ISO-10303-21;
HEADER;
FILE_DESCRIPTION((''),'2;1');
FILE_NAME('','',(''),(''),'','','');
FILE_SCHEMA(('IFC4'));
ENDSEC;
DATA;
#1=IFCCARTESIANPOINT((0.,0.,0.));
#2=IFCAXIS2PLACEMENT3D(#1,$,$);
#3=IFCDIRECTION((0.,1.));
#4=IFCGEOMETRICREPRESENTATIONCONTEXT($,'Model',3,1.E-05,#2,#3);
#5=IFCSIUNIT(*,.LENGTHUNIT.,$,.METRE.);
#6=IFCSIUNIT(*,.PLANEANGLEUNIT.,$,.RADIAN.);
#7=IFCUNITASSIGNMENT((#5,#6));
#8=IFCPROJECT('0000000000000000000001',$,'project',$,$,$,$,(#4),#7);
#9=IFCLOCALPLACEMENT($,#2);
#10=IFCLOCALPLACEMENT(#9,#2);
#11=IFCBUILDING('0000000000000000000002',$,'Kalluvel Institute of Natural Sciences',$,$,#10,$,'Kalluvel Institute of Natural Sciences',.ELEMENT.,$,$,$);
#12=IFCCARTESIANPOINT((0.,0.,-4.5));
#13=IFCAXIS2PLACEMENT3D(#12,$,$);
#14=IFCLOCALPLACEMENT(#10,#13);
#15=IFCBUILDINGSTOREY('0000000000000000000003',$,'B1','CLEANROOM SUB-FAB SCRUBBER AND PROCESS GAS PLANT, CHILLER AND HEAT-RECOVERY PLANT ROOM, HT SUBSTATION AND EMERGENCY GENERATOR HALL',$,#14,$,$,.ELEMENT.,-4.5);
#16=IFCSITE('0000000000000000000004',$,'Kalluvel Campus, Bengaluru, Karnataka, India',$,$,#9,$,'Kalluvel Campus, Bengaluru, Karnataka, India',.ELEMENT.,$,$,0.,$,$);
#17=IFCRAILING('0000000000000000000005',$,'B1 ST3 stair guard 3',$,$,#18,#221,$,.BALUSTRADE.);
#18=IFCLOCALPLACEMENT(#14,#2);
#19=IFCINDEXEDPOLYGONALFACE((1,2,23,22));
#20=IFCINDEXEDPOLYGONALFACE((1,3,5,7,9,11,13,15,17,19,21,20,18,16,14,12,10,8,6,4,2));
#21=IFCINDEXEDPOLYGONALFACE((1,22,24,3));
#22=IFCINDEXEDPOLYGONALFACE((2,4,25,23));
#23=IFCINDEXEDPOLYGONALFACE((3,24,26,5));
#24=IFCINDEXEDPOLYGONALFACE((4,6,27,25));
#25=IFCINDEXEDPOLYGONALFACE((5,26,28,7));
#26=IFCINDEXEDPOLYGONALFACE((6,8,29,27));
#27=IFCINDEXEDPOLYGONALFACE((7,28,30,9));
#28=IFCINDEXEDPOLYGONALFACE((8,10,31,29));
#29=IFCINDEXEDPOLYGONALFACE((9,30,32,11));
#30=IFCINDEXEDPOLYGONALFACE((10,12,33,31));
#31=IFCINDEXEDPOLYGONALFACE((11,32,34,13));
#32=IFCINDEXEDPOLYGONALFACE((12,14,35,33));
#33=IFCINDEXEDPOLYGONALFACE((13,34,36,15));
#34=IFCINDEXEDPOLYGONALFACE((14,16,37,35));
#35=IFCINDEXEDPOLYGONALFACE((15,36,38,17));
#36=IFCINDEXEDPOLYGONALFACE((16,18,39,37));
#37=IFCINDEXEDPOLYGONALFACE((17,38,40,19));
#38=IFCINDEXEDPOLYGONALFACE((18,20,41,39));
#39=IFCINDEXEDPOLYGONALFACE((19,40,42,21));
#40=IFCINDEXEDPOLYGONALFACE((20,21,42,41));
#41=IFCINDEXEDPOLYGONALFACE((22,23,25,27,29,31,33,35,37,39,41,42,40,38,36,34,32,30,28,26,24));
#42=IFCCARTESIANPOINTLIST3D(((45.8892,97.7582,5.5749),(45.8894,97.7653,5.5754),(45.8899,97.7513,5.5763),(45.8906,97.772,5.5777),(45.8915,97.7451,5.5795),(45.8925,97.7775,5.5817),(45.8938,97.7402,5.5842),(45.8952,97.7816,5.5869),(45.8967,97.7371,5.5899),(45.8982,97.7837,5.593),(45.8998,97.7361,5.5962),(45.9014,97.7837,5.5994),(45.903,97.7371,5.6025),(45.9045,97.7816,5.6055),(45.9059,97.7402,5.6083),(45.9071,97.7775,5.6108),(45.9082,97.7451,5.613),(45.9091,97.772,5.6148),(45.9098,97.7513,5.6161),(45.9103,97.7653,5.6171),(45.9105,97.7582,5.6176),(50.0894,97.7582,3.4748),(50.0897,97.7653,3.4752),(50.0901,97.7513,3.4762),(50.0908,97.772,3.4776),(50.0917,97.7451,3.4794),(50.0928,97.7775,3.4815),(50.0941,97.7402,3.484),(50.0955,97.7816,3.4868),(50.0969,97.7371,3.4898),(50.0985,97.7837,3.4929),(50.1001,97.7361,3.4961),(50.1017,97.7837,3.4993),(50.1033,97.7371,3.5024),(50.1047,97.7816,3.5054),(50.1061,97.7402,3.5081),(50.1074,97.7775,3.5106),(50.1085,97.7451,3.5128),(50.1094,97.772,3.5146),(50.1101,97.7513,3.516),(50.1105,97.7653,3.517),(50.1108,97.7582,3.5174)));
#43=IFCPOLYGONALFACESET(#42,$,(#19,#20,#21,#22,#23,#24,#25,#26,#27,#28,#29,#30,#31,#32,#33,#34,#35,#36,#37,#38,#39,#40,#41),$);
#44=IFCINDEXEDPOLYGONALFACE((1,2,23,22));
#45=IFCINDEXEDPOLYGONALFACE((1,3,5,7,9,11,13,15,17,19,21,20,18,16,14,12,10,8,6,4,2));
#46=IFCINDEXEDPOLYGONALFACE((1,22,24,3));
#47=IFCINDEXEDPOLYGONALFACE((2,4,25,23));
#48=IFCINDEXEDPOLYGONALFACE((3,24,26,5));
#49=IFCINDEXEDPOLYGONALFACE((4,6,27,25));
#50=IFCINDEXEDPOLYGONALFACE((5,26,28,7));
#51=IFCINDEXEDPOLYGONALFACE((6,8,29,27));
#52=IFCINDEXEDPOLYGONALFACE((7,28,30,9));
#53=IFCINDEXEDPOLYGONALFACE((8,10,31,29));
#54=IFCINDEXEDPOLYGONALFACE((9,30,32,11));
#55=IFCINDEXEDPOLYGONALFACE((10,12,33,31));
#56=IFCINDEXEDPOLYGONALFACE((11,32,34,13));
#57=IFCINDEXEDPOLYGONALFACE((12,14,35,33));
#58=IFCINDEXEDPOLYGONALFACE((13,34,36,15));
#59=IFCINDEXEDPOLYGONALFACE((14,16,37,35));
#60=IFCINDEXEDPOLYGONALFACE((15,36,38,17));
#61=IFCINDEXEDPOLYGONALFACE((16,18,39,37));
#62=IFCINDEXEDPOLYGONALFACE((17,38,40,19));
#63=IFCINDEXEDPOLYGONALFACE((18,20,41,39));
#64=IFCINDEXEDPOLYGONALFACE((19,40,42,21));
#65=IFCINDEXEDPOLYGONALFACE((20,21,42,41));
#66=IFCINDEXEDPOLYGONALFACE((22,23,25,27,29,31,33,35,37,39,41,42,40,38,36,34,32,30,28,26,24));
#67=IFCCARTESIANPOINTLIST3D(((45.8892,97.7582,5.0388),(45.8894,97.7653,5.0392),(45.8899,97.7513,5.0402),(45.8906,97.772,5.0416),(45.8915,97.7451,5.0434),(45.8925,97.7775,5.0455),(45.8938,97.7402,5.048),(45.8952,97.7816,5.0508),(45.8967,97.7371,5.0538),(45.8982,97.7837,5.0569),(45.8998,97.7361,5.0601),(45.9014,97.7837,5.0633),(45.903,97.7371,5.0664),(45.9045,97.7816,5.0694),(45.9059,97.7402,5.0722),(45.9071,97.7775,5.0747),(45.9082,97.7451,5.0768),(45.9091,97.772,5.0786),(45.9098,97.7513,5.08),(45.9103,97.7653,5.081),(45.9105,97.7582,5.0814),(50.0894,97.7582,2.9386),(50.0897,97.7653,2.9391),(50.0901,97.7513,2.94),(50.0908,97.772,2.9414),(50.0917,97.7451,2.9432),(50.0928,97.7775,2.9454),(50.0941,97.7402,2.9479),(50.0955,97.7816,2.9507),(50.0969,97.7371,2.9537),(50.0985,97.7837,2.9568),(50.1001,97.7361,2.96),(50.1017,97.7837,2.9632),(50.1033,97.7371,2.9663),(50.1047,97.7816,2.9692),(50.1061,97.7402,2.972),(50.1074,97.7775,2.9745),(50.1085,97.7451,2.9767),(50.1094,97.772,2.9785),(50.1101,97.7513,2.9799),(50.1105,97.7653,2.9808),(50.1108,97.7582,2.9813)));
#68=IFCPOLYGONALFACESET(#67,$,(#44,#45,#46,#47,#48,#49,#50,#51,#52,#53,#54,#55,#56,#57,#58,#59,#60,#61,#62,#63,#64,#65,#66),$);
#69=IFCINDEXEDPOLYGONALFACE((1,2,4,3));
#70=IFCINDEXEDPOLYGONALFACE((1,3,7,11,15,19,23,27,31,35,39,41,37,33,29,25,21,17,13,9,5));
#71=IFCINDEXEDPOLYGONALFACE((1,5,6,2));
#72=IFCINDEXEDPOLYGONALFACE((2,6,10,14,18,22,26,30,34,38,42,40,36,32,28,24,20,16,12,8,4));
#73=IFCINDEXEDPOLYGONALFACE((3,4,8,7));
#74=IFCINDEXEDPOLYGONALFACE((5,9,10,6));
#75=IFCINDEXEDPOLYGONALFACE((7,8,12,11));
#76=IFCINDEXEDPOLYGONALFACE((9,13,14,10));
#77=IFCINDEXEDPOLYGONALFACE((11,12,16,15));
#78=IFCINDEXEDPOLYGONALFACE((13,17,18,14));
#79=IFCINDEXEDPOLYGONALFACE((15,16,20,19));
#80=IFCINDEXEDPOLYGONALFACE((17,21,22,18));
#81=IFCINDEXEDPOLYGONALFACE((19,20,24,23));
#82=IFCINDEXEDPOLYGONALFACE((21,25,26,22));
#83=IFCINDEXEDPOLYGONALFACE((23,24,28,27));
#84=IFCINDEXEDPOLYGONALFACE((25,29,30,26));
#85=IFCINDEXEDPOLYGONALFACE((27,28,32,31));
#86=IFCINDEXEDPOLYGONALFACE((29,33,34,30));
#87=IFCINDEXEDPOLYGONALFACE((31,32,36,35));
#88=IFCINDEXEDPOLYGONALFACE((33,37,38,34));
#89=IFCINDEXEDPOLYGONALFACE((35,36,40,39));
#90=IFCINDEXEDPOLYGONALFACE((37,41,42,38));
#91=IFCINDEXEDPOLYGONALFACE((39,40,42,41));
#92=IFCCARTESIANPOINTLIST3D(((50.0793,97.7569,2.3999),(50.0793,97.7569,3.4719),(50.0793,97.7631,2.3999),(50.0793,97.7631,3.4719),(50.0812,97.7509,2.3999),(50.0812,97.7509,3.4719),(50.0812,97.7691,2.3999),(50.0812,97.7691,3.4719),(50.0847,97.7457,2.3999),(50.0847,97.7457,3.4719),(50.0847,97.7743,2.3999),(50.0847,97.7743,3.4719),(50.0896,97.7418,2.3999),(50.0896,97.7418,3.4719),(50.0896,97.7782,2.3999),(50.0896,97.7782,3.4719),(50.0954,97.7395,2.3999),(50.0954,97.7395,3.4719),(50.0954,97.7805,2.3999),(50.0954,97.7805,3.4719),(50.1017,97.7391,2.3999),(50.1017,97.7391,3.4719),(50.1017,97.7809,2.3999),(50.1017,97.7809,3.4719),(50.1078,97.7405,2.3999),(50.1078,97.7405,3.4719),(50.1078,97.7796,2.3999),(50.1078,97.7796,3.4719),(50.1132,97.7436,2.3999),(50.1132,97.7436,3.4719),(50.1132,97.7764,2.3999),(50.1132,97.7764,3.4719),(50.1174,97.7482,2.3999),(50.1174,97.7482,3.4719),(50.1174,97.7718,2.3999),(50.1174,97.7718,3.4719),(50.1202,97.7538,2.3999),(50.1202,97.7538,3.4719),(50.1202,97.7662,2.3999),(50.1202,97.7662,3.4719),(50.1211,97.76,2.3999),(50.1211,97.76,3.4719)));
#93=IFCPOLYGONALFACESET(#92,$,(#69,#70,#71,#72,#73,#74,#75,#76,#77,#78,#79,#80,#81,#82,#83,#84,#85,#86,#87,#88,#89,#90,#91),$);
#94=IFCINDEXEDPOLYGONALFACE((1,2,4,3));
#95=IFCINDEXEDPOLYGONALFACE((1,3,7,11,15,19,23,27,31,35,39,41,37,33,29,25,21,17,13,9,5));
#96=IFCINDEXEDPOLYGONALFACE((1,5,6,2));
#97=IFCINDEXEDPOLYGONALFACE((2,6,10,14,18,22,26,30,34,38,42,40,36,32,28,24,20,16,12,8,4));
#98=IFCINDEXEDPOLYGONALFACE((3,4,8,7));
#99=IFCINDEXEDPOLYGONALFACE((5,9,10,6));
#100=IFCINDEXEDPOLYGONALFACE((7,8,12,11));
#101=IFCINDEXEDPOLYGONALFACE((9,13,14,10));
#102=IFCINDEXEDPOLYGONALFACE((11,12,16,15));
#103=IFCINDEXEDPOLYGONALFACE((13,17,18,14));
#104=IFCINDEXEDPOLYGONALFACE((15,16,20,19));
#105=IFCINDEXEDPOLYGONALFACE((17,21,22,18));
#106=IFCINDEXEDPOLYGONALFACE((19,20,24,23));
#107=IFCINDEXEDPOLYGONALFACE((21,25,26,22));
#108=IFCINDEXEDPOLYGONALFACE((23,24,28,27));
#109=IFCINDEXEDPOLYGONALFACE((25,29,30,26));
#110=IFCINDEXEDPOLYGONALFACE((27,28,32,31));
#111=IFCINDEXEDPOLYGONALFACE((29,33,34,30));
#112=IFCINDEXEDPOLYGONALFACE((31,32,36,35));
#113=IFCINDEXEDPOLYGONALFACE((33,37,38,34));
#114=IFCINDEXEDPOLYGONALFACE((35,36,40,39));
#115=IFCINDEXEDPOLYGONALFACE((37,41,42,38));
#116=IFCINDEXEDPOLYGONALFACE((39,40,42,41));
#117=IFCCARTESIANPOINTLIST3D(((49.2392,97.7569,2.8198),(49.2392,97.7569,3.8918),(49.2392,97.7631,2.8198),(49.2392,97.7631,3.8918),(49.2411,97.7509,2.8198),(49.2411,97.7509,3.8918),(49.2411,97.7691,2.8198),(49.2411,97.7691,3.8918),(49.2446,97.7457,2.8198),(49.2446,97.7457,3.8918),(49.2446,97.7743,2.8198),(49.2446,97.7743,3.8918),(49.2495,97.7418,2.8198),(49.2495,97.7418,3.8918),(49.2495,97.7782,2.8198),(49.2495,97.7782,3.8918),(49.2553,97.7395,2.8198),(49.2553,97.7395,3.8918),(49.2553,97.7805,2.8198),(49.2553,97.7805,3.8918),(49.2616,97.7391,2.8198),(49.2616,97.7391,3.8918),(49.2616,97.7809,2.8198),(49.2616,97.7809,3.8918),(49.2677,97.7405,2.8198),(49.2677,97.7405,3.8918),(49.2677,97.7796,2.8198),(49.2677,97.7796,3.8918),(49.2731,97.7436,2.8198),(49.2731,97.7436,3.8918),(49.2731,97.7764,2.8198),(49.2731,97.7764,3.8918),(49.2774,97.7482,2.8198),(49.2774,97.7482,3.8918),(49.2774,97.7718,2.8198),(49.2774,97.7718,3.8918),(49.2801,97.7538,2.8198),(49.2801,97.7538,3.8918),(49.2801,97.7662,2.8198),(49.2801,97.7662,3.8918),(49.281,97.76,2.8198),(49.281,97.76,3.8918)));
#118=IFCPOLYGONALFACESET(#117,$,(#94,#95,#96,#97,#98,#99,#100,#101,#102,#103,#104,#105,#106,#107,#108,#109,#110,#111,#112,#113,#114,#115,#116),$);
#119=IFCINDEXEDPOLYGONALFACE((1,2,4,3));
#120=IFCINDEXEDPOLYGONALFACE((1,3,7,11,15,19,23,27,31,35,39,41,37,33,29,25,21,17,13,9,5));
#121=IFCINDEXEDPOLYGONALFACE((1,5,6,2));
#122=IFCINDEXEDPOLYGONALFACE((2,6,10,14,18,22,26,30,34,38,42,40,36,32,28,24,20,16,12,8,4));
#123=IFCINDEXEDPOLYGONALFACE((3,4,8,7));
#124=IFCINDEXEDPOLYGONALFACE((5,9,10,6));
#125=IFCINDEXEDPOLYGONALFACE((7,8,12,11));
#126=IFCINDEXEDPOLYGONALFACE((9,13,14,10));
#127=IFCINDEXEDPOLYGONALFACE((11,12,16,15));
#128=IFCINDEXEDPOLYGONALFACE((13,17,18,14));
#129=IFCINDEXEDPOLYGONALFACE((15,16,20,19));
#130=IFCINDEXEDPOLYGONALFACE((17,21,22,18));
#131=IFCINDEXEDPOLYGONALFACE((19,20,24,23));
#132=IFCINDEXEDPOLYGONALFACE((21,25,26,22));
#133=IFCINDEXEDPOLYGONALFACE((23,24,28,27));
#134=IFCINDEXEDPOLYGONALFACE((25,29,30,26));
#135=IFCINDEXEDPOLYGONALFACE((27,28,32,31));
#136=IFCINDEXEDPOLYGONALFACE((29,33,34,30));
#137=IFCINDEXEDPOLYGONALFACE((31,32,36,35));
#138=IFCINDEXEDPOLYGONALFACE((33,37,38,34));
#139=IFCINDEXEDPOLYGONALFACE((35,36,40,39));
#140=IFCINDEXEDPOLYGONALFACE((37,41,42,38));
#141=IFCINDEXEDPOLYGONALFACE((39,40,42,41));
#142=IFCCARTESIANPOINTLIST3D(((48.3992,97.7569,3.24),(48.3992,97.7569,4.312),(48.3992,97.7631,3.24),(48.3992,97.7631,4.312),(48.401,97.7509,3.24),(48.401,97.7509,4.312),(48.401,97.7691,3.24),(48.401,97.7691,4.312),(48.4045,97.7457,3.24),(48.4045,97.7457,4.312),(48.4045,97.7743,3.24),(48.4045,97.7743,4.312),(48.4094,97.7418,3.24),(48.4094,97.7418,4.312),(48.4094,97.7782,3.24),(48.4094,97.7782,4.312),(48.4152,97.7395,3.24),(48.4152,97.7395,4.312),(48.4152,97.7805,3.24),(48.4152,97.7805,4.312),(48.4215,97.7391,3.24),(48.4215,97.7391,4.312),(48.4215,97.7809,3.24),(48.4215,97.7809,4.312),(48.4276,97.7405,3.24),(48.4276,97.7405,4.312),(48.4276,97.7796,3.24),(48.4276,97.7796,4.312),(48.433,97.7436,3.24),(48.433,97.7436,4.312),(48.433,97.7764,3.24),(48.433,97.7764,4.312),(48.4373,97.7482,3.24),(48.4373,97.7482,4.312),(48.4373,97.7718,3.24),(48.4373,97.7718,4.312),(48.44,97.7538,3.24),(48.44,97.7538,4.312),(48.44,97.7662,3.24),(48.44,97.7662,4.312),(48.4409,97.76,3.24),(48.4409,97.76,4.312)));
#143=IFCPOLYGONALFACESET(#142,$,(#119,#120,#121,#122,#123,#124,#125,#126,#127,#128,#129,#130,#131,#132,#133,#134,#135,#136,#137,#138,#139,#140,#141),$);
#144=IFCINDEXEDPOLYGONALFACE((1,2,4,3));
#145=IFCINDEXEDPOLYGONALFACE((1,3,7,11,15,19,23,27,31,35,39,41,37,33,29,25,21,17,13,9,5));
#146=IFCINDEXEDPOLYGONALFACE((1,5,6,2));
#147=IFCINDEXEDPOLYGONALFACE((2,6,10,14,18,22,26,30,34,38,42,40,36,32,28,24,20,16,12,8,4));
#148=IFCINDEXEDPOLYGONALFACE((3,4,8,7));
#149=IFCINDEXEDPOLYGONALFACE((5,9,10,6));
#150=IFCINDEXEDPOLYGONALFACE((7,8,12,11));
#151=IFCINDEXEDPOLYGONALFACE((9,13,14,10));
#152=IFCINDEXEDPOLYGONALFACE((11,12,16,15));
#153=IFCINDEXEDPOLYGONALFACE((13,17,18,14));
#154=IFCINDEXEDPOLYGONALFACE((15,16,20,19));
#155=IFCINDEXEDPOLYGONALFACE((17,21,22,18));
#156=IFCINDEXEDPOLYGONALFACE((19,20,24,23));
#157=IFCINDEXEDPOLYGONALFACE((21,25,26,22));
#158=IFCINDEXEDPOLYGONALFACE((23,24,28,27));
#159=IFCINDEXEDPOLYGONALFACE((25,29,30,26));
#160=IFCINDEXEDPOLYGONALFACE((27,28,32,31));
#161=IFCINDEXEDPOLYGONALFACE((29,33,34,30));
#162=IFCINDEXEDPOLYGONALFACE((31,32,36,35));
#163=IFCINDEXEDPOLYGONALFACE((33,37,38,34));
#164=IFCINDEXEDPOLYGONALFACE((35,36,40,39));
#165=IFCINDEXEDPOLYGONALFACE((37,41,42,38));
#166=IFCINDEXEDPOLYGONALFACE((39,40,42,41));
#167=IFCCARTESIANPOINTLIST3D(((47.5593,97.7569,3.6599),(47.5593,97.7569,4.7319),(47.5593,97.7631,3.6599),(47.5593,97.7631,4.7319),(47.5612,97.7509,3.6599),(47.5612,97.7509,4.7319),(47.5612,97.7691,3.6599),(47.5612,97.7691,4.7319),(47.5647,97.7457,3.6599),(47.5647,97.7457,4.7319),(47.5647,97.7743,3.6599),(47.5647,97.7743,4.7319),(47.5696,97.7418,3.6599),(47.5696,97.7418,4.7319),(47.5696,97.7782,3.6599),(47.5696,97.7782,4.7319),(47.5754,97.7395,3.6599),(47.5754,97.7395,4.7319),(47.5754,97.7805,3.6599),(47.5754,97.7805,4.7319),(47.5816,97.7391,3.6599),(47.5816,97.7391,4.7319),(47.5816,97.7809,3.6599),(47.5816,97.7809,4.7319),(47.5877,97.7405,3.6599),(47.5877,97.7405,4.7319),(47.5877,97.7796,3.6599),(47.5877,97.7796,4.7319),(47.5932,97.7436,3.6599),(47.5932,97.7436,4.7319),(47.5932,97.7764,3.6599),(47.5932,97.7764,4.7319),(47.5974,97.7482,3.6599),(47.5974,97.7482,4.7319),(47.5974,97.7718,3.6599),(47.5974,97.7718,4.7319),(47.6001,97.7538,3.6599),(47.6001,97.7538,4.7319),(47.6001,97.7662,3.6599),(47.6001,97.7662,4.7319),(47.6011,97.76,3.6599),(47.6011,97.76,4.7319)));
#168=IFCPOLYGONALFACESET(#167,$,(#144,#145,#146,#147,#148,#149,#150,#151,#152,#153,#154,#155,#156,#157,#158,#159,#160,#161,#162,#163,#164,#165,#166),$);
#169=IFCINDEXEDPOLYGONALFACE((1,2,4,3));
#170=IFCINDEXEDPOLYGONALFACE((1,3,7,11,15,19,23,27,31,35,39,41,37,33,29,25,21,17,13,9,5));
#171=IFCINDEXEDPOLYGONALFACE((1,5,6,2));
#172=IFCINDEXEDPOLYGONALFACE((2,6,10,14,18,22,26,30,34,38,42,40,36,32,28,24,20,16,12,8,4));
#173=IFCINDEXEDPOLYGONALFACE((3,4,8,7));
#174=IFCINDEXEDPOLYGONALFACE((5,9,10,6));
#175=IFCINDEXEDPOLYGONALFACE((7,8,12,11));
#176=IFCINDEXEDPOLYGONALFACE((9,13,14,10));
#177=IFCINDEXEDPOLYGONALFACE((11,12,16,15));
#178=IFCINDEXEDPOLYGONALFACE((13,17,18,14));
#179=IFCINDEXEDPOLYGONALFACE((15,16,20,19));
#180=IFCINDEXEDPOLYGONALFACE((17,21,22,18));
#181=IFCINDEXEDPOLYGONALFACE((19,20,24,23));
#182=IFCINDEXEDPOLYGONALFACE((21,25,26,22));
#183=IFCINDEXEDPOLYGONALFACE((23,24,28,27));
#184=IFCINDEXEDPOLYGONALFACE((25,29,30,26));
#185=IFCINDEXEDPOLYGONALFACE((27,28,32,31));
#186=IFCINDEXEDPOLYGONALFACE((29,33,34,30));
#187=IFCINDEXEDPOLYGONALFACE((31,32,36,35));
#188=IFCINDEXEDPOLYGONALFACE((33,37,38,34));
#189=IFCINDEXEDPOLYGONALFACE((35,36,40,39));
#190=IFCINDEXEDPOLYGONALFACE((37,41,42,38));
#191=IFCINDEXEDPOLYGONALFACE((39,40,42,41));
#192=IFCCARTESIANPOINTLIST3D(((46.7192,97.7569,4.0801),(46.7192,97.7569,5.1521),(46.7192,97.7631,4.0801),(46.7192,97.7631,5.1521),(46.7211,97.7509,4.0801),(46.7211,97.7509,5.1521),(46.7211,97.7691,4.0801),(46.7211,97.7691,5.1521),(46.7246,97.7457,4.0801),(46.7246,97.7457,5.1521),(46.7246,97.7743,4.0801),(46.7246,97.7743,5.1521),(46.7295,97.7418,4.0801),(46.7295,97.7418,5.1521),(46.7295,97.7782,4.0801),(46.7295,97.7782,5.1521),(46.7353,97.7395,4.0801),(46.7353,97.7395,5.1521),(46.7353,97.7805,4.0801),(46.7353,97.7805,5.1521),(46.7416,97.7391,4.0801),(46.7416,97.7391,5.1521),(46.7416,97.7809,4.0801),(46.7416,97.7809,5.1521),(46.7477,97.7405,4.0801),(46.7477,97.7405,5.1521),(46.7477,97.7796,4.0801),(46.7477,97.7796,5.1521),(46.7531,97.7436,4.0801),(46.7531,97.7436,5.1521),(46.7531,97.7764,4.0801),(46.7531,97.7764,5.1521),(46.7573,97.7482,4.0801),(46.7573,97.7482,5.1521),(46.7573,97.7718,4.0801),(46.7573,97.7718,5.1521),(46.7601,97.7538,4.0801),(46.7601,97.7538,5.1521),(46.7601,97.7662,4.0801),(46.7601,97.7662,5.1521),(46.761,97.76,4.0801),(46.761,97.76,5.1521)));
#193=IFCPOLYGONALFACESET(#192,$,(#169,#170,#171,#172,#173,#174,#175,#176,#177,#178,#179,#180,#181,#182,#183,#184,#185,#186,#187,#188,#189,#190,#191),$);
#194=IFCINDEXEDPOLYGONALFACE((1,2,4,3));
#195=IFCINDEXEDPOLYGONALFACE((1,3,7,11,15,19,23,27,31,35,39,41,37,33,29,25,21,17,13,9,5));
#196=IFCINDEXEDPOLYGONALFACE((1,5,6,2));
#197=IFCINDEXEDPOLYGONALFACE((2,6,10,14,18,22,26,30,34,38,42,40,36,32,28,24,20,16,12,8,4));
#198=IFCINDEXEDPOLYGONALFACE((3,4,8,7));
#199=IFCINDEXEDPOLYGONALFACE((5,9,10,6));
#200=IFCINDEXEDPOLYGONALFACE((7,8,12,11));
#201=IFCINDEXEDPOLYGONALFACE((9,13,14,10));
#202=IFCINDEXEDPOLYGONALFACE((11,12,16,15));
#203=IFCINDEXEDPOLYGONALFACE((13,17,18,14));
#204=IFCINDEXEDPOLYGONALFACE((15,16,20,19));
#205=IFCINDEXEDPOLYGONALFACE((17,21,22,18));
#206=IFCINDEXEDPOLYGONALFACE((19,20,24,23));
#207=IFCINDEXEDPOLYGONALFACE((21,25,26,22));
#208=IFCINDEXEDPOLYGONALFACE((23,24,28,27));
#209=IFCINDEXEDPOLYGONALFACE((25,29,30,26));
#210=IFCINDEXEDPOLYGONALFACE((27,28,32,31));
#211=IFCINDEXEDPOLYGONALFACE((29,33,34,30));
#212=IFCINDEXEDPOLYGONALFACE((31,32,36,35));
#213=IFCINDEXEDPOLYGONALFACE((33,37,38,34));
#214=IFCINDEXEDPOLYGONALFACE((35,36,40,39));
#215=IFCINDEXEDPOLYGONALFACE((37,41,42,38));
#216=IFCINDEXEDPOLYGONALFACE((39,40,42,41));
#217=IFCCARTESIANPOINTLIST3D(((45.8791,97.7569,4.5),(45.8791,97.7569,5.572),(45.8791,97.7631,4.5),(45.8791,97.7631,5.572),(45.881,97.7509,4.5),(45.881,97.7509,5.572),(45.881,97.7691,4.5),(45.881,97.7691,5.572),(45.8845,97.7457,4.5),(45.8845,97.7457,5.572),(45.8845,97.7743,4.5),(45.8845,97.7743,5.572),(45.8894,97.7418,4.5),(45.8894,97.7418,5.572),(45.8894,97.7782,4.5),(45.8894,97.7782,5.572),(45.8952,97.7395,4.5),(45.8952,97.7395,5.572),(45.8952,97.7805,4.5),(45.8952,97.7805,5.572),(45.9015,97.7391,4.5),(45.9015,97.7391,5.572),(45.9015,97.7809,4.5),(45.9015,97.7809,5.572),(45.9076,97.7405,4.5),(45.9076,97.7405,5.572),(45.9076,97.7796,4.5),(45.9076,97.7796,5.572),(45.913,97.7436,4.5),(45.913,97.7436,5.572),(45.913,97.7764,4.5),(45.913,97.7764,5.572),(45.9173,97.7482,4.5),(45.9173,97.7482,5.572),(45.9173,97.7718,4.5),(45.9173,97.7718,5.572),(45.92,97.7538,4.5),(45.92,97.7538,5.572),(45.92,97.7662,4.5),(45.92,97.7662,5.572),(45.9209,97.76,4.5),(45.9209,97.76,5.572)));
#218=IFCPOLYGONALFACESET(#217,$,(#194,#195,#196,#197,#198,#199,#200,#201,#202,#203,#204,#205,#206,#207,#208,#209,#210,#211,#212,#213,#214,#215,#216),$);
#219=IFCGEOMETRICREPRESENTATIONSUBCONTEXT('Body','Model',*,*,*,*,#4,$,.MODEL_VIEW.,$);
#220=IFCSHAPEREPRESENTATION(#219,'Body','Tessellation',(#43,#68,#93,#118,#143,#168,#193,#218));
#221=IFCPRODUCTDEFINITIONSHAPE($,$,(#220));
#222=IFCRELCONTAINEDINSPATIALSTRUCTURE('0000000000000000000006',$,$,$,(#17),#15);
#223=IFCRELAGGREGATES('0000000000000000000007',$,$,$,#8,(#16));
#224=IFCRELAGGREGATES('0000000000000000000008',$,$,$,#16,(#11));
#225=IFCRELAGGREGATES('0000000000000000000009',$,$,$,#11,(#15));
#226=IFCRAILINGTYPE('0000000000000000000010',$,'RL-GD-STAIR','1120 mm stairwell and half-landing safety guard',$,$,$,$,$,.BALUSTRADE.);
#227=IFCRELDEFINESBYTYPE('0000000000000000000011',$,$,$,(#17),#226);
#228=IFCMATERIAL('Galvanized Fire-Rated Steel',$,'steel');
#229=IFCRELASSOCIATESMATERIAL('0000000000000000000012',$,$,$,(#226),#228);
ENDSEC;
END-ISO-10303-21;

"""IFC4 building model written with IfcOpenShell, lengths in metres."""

from ifc_helpers import new_model, si_unit, direction, frame, origin, origin_2d, place, context, subcontext, project, spatial, circle, extrude, material, type_object, element, save


model = new_model("IFC4")

# Units and contexts
model_context = context("Model", 3, precision=1e-05, world=origin(), true_north=direction((0.0, 1.0)))
body_context = subcontext(model_context, "Body", "Model", "MODEL_VIEW")
ifc_project = project(units=[si_unit("LENGTHUNIT", "METRE"), si_unit("PLANEANGLEUNIT", "RADIAN")], contexts=[model_context])

# Site, building, storey
site_placement = place(None, origin())
site = spatial("IfcSite", under=ifc_project, at=site_placement, Name="Kalluvel Campus, Bengaluru, Karnataka, India", LongName="Kalluvel Campus, Bengaluru, Karnataka, India", CompositionType="ELEMENT", RefElevation=0.0)
building_placement = place(site_placement, origin())
building = spatial("IfcBuilding", under=site, at=building_placement, Name="Kalluvel Institute of Natural Sciences", LongName="Kalluvel Institute of Natural Sciences", CompositionType="ELEMENT")
storey_placement = place(building_placement, frame((0.0, 0.0, -4.5)))
storey = spatial("IfcBuildingStorey", under=building, at=storey_placement, Name="B1", Description="CLEANROOM SUB-FAB SCRUBBER AND PROCESS GAS PLANT, CHILLER AND HEAT-RECOVERY PLANT ROOM, HT SUBSTATION AND EMERGENCY GENERATOR HALL", CompositionType="ELEMENT", Elevation=-4.5)

# Shared definitions
ifc_material_1 = material(Name="Galvanized Fire-Rated Steel", Category="steel")

# Railing
railing_type_1 = type_object("IfcRailingType", Name="RL-GD-STAIR", Description="1120 mm stairwell and half-landing safety guard", PredefinedType="BALUSTRADE", material=ifc_material_1)
railing_1_placement = place(storey_placement, frame((50.1001, 97.76, 2.3999)))
element("IfcRailing", 1, at=railing_1_placement, inside=storey, type_object=railing_type_1, Name="B1 ST3 stair guard 3", PredefinedType="BALUSTRADE", context=body_context, shape_type="SweptSolid", body=[
    extrude(circle(Radius=0.0239, at=origin_2d()), frame((0.0, 0.0, 1.0962), z_axis=(-0.894427, 0.0, 0.447214), x_axis=(0.0, -1.0, 0.0)), (0.0, 0.0, 1.0), 4.696),
    extrude(circle(Radius=0.0239, at=origin_2d()), frame((0.0, 0.0, 0.5601), z_axis=(-0.894427, 0.0, 0.447214), x_axis=(0.0, -1.0, 0.0)), (0.0, 0.0, 1.0), 4.696),
    extrude(circle(Radius=0.021, at=origin_2d()), origin(), (0.0, 0.0, 1.0), 1.072),
    extrude(circle(Radius=0.021, at=origin_2d()), frame((-0.8401, 0.0, 0.4199)), (0.0, 0.0, 1.0), 1.072),
    extrude(circle(Radius=0.021, at=origin_2d()), frame((-1.6802, 0.0, 0.8401)), (0.0, 0.0, 1.0), 1.072),
    extrude(circle(Radius=0.021, at=origin_2d()), frame((-2.52, 0.0, 1.26)), (0.0, 0.0, 1.0), 1.072),
    extrude(circle(Radius=0.021, at=origin_2d()), frame((-3.3601, 0.0, 1.6802)), (0.0, 0.0, 1.0), 1.072),
    extrude(circle(Radius=0.021, at=origin_2d()), frame((-4.2002, 0.0, 2.1001)), (0.0, 0.0, 1.0), 1.072),
])

save(model, "model.ifc")
